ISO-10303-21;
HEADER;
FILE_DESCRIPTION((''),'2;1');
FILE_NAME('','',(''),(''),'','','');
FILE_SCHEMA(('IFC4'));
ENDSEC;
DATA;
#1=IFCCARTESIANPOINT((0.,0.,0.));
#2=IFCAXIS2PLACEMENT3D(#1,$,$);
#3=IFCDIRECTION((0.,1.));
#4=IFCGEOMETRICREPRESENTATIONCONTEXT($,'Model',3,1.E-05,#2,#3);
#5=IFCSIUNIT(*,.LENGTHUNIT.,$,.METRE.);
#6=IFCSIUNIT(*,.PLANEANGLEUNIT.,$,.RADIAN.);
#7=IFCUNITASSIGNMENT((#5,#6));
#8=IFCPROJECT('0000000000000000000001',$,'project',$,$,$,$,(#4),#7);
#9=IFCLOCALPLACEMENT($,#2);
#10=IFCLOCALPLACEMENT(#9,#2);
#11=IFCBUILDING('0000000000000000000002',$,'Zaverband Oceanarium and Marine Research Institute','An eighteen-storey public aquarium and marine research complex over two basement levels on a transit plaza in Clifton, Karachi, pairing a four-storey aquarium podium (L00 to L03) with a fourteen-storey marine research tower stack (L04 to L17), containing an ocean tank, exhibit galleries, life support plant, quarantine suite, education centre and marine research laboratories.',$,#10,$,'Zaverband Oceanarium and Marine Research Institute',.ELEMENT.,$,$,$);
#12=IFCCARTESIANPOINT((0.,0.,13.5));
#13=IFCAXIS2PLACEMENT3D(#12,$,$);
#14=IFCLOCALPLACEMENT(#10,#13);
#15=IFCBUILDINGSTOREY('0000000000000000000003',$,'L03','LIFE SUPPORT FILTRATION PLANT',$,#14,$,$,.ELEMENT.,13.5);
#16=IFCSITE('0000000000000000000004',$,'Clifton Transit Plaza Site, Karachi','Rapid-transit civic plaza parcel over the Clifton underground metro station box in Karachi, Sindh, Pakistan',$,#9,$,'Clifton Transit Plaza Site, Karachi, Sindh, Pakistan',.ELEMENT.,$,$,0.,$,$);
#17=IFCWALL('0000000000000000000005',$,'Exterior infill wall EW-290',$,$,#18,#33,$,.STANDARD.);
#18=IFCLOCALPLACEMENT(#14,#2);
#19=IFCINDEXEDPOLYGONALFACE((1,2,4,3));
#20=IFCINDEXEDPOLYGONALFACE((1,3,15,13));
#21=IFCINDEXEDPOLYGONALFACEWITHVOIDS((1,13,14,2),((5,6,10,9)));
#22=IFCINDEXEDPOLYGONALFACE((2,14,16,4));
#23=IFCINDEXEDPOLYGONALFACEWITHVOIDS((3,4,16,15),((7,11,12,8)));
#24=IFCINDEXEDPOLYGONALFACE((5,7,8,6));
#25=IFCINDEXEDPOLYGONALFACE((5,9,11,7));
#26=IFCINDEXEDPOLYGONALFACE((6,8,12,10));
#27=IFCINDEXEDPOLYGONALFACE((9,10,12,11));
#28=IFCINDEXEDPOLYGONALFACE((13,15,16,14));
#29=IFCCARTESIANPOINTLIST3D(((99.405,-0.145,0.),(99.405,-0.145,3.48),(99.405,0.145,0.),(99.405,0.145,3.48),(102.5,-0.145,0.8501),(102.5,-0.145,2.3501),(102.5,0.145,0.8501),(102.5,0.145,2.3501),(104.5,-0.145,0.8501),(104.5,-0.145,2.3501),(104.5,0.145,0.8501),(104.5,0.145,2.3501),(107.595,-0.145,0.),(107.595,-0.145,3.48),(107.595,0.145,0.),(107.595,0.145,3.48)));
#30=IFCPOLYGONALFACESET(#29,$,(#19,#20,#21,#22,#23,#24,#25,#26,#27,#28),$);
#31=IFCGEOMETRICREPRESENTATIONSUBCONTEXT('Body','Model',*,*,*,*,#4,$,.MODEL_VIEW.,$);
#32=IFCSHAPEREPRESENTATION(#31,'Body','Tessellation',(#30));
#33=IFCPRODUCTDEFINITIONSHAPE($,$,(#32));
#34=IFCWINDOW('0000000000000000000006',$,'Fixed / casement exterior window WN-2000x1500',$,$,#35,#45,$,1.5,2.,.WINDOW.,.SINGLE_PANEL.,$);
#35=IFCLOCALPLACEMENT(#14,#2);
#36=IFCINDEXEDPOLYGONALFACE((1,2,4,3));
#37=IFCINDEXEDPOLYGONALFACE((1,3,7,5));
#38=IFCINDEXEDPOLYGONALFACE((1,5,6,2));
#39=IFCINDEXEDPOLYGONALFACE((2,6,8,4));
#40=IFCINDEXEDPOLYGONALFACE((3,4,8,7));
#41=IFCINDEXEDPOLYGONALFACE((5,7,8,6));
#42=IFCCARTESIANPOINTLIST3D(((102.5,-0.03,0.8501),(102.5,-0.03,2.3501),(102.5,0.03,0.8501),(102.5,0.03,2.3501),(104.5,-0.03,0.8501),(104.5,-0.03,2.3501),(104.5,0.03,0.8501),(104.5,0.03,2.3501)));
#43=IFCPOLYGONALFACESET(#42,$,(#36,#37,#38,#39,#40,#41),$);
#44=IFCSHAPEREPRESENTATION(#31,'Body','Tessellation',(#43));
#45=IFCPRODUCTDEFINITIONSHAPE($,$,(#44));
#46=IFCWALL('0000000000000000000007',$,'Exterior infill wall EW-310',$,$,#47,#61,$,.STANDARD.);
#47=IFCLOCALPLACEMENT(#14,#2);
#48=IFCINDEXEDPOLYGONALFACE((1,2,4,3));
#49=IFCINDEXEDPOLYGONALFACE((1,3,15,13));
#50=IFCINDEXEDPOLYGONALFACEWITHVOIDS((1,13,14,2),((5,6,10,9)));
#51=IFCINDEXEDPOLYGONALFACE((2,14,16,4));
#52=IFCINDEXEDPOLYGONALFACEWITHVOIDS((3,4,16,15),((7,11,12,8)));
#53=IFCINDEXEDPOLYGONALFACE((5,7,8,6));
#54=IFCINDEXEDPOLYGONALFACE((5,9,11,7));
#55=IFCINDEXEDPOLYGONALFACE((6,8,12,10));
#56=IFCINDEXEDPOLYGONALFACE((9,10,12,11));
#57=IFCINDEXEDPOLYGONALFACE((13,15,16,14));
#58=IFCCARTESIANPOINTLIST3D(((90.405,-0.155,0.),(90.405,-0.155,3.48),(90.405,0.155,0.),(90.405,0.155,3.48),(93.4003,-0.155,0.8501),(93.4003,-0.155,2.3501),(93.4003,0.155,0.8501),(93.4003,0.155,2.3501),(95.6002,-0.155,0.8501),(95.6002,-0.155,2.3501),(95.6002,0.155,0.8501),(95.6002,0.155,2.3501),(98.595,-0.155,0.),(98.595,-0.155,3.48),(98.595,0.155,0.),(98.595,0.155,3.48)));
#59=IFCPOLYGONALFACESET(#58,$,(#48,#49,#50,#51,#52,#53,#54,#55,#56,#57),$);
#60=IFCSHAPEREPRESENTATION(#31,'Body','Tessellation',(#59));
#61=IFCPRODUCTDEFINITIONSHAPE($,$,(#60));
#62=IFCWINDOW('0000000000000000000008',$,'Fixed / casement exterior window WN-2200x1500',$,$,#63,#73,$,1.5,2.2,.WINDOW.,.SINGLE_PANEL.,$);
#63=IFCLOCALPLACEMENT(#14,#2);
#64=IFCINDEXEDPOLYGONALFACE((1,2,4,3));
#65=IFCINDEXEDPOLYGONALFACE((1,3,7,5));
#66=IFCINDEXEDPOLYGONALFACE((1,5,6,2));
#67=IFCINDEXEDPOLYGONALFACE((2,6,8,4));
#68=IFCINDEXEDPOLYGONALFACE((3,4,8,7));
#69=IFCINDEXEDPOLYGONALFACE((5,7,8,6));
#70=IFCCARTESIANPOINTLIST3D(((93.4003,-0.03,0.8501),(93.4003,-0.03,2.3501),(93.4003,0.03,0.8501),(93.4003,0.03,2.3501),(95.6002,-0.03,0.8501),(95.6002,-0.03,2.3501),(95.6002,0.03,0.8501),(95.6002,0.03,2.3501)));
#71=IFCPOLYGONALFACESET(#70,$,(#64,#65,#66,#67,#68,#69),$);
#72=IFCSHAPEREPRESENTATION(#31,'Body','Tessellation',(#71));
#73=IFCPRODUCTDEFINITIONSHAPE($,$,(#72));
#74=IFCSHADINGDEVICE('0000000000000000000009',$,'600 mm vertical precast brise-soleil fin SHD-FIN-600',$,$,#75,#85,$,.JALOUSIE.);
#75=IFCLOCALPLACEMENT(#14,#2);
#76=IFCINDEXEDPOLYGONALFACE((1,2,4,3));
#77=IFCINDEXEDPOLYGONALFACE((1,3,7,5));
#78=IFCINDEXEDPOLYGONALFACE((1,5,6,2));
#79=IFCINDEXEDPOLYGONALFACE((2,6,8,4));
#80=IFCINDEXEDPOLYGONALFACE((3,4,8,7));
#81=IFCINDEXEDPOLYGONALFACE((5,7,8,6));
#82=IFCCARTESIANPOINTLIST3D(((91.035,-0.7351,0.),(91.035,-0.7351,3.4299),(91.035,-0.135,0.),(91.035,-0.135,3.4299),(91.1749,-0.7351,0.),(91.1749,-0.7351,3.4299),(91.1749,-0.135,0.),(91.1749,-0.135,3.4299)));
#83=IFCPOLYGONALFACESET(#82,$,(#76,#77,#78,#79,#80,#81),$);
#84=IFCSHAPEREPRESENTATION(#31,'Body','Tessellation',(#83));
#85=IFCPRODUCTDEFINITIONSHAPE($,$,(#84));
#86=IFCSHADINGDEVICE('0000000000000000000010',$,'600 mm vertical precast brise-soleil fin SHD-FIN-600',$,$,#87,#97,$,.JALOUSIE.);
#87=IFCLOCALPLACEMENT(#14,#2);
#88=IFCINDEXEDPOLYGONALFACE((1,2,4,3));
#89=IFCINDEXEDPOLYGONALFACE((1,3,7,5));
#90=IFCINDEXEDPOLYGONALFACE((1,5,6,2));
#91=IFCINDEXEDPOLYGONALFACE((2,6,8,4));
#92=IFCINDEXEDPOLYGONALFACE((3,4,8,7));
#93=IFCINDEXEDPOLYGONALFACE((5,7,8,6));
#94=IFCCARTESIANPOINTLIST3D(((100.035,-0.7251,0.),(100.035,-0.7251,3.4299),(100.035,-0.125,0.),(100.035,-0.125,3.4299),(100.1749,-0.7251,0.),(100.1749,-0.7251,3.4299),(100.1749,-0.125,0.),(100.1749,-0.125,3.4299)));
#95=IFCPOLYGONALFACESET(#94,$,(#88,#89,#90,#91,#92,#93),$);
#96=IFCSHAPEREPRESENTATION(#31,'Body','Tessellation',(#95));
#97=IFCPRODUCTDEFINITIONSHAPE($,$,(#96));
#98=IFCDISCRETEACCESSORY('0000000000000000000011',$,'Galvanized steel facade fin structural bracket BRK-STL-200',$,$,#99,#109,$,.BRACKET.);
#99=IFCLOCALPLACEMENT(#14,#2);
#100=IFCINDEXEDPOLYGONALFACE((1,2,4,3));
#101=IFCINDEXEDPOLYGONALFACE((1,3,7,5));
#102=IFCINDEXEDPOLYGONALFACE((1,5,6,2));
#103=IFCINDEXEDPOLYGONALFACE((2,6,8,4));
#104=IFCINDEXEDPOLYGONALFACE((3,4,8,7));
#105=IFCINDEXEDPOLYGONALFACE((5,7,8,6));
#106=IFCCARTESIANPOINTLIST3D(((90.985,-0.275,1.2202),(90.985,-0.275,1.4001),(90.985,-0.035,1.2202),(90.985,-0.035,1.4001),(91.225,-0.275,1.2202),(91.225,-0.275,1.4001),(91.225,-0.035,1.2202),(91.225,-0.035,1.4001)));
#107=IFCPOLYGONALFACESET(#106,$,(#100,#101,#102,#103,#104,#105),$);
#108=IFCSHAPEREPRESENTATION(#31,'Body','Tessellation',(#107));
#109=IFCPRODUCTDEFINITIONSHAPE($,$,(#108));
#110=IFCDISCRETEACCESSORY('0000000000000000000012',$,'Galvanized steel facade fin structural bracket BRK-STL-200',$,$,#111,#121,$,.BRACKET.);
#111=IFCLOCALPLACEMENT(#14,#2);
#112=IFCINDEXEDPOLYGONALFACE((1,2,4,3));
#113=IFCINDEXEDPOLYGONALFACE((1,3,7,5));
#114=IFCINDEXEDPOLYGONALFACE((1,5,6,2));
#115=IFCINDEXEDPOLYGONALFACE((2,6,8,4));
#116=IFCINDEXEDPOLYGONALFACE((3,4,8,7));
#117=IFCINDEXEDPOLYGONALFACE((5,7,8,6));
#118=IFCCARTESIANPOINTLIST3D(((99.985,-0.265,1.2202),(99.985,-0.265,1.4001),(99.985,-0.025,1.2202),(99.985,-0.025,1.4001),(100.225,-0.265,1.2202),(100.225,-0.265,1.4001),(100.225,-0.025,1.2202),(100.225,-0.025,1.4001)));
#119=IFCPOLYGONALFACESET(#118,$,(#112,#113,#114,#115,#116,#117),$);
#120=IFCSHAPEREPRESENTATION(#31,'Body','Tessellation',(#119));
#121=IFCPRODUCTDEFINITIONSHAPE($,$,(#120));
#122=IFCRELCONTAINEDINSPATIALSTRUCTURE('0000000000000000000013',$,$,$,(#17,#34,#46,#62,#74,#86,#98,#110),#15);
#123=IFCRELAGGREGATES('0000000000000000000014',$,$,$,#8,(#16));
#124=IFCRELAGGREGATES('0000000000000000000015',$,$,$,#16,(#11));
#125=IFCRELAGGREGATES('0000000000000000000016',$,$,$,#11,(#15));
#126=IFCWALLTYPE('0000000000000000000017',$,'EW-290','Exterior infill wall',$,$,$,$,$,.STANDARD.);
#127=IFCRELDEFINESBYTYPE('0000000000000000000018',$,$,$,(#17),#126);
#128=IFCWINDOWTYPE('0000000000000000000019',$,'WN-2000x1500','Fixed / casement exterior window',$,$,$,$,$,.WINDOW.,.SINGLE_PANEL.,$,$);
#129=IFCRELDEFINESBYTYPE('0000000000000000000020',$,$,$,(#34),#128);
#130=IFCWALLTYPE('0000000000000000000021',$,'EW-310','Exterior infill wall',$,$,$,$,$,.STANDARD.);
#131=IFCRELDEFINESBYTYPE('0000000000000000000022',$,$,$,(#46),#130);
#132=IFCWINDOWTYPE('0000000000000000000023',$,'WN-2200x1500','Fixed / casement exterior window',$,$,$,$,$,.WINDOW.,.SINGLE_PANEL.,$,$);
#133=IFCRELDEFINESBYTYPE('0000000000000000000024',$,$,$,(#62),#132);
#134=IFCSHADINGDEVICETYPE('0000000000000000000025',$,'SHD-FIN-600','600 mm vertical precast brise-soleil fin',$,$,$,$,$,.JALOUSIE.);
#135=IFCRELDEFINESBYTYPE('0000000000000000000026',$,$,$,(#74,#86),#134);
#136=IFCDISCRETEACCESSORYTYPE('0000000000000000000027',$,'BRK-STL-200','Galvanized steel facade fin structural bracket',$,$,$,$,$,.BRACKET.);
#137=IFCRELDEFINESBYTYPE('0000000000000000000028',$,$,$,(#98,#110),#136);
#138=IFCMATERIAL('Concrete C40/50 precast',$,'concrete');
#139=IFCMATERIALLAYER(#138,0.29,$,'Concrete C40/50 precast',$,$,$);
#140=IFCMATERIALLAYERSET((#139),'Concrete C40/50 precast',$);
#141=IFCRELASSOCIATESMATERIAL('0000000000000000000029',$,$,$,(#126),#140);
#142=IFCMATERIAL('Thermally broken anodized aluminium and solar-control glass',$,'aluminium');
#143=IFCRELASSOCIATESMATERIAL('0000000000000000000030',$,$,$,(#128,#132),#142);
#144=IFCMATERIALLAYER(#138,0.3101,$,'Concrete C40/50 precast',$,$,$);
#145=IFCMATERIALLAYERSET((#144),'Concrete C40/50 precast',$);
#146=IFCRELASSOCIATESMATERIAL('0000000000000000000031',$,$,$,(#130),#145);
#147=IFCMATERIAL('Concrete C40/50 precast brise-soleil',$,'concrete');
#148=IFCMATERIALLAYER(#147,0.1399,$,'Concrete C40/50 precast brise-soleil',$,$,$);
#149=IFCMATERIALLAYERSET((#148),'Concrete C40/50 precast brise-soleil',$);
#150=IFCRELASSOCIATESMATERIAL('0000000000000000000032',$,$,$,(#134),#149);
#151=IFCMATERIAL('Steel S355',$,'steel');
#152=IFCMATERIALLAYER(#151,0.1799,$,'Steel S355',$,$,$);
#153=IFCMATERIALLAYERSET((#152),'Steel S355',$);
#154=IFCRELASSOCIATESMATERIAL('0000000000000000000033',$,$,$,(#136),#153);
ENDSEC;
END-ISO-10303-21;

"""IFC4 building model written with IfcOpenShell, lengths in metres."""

from ifc_helpers import new_model, si_unit, direction, frame, frame_2d, origin, origin_2d, place, context, subcontext, project, spatial, rectangle, extrude, material, layer, layer_set, type_object, element, fill, save


model = new_model("IFC4")

# Units and contexts
model_context = context("Model", 3, precision=1e-05, world=origin(), true_north=direction((0.0, 1.0)))
body_context = subcontext(model_context, "Body", "Model", "MODEL_VIEW")
ifc_project = project(units=[si_unit("LENGTHUNIT", "METRE"), si_unit("PLANEANGLEUNIT", "RADIAN")], contexts=[model_context])

# Site, building, storey
site_placement = place(None, origin())
site = spatial("IfcSite", under=ifc_project, at=site_placement, Name="Clifton Transit Plaza Site, Karachi", Description="Rapid-transit civic plaza parcel over the Clifton underground metro station box in Karachi, Sindh, Pakistan", LongName="Clifton Transit Plaza Site, Karachi, Sindh, Pakistan", CompositionType="ELEMENT", RefElevation=0.0)
building_placement = place(site_placement, origin())
building = spatial("IfcBuilding", under=site, at=building_placement, Name="Zaverband Oceanarium and Marine Research Institute", Description="An eighteen-storey public aquarium and marine research complex over two basement levels on a transit plaza in Clifton, Karachi, pairing a four-storey aquarium podium (L00 to L03) with a fourteen-storey marine research tower stack (L04 to L17), containing an ocean tank, exhibit galleries, life support plant, quarantine suite, education centre and marine research laboratories.", LongName="Zaverband Oceanarium and Marine Research Institute", CompositionType="ELEMENT")
storey_placement = place(building_placement, frame((0.0, 0.0, 13.5)))
storey = spatial("IfcBuildingStorey", under=building, at=storey_placement, Name="L03", Description="LIFE SUPPORT FILTRATION PLANT", CompositionType="ELEMENT", Elevation=13.5)

# Walls, openings, windows
ifc_material_1 = material(Name="Concrete C40/50 precast", Category="concrete")
ifc_layer_1 = layer(ifc_material_1, 0.29, Name="Concrete C40/50 precast")
ifc_layer_set_1 = layer_set([ifc_layer_1], Name="Concrete C40/50 precast")
wall_type_1 = type_object("IfcWallType", Name="EW-290", Description="Exterior infill wall", PredefinedType="STANDARD", material=ifc_layer_set_1)
wall_1_placement = place(storey_placement, frame((99.405, 0.0, 0.0), z_axis=(0.0, 0.0, 1.0), x_axis=(1.0, 0.0, 0.0)))
wall_1 = element("IfcWall", 1, at=wall_1_placement, inside=storey, type_object=wall_type_1, Name="Exterior infill wall EW-290", PredefinedType="STANDARD", context=body_context, shape_type="SweptSolid", body=[
    extrude(rectangle(XDim=8.1899, YDim=0.29, at=frame_2d((4.095, 0.0))), origin(), (0.0, 0.0, 1.0), 3.48),
])
opening_1_placement = place(wall_1_placement, frame((3.095, 0.0, 0.8501)))
opening_1 = element("IfcOpeningElement", 2, at=opening_1_placement, cuts=wall_1, PredefinedType="OPENING", context=body_context, shape_type="SweptSolid", body=[
    extrude(rectangle(XDim=2.0, YDim=1.5, at=frame_2d((1.0, 0.75))), frame((0.0, 0.157, 0.0), z_axis=(0.0, -1.0, 0.0), x_axis=(1.0, 0.0, 0.0)), (0.0, 0.0, 1.0), 0.314),
])
ifc_material_2 = material(Name="Thermally broken anodized aluminium and solar-control glass", Category="aluminium")
window_type_1 = type_object("IfcWindowType", Name="WN-2000x1500", Description="Fixed / casement exterior window", PartitioningType="SINGLE_PANEL", PredefinedType="WINDOW", material=ifc_material_2)
window_1_placement = place(opening_1_placement, origin())
window_1 = element("IfcWindow", 3, at=window_1_placement, inside=storey, type_object=window_type_1, Name="Fixed / casement exterior window WN-2000x1500", OverallHeight=1.5, OverallWidth=2.0, PartitioningType="SINGLE_PANEL", PredefinedType="WINDOW", context=body_context, shape_type="SweptSolid", body=[
    extrude(rectangle(XDim=2.0, YDim=1.5, at=frame_2d((1.0, 0.75))), frame((0.0, 0.03, 0.0), z_axis=(0.0, -1.0, 0.0), x_axis=(1.0, 0.0, 0.0)), (0.0, 0.0, 1.0), 0.0601),
])
fill(opening_1, window_1)
ifc_layer_2 = layer(ifc_material_1, 0.3101, Name="Concrete C40/50 precast")
ifc_layer_set_2 = layer_set([ifc_layer_2], Name="Concrete C40/50 precast")
wall_type_2 = type_object("IfcWallType", Name="EW-310", Description="Exterior infill wall", PredefinedType="STANDARD", material=ifc_layer_set_2)
wall_2_placement = place(storey_placement, frame((90.405, 0.0, 0.0), z_axis=(0.0, 0.0, 1.0), x_axis=(1.0, 0.0, 0.0)))
wall_2 = element("IfcWall", 4, at=wall_2_placement, inside=storey, type_object=wall_type_2, Name="Exterior infill wall EW-310", PredefinedType="STANDARD", context=body_context, shape_type="SweptSolid", body=[
    extrude(rectangle(XDim=8.1899, YDim=0.3101, at=frame_2d((4.095, 0.0))), origin(), (0.0, 0.0, 1.0), 3.48),
])
opening_2_placement = place(wall_2_placement, frame((2.9951, 0.0, 0.8501)))
opening_2 = element("IfcOpeningElement", 5, at=opening_2_placement, cuts=wall_2, PredefinedType="OPENING", context=body_context, shape_type="SweptSolid", body=[
    extrude(rectangle(XDim=2.2, YDim=1.5, at=frame_2d((1.1001, 0.75))), frame((0.0, 0.167, 0.0), z_axis=(0.0, -1.0, 0.0), x_axis=(1.0, 0.0, 0.0)), (0.0, 0.0, 1.0), 0.334),
])
window_type_2 = type_object("IfcWindowType", Name="WN-2200x1500", Description="Fixed / casement exterior window", PartitioningType="SINGLE_PANEL", PredefinedType="WINDOW", material=ifc_material_2)
window_2_placement = place(opening_2_placement, origin())
window_2 = element("IfcWindow", 6, at=window_2_placement, inside=storey, type_object=window_type_2, Name="Fixed / casement exterior window WN-2200x1500", OverallHeight=1.5, OverallWidth=2.2, PartitioningType="SINGLE_PANEL", PredefinedType="WINDOW", context=body_context, shape_type="SweptSolid", body=[
    extrude(rectangle(XDim=2.2, YDim=1.5, at=frame_2d((1.1001, 0.75))), frame((0.0, 0.03, 0.0), z_axis=(0.0, -1.0, 0.0), x_axis=(1.0, 0.0, 0.0)), (0.0, 0.0, 1.0), 0.0601),
])
fill(opening_2, window_2)

# Shading devices
ifc_material_3 = material(Name="Concrete C40/50 precast brise-soleil", Category="concrete")
ifc_layer_3 = layer(ifc_material_3, 0.1399, Name="Concrete C40/50 precast brise-soleil")
ifc_layer_set_3 = layer_set([ifc_layer_3], Name="Concrete C40/50 precast brise-soleil")
shading_device_type = type_object("IfcShadingDeviceType", Name="SHD-FIN-600", Description="600 mm vertical precast brise-soleil fin", PredefinedType="JALOUSIE", material=ifc_layer_set_3)
for number, where, z_axis, x_axis, name in (
    (7, (91.105, -0.135, 0.0), (0.0, 0.0, 1.0), (0.0, -1.0, 0.0), "600 mm vertical precast brise-soleil fin SHD-FIN-600"),
    (8, (100.105, -0.125, 0.0), (0.0, 0.0, 1.0), (0.0, -1.0, 0.0), "600 mm vertical precast brise-soleil fin SHD-FIN-600"),
):
    element("IfcShadingDevice", number, at=place(storey_placement, frame(where, z_axis=z_axis, x_axis=x_axis)), inside=storey, type_object=shading_device_type, Name=name, PredefinedType="JALOUSIE", context=body_context, shape_type="SweptSolid", body=[
        extrude(rectangle(XDim=0.6001, YDim=0.1399, at=frame_2d((0.3, 0.0))), origin(), (0.0, 0.0, 1.0), 3.4299),
    ])

# Discrete accessories
ifc_material_4 = material(Name="Steel S355", Category="steel")
ifc_layer_4 = layer(ifc_material_4, 0.1799, Name="Steel S355")
ifc_layer_set_4 = layer_set([ifc_layer_4], Name="Steel S355")
discrete_accessory_type = type_object("IfcDiscreteAccessoryType", Name="BRK-STL-200", Description="Galvanized steel facade fin structural bracket", PredefinedType="BRACKET", material=ifc_layer_set_4)
for number, where, z_axis, x_axis, name in (
    (9, (91.105, -0.155, 1.2202), (0.0, 0.0, 1.0), (1.0, 0.0, 0.0), "Galvanized steel facade fin structural bracket BRK-STL-200"),
    (10, (100.105, -0.145, 1.2202), (0.0, 0.0, 1.0), (1.0, 0.0, 0.0), "Galvanized steel facade fin structural bracket BRK-STL-200"),
):
    element("IfcDiscreteAccessory", number, at=place(storey_placement, frame(where, z_axis=z_axis, x_axis=x_axis)), inside=storey, type_object=discrete_accessory_type, Name=name, PredefinedType="BRACKET", context=body_context, shape_type="SweptSolid", body=[
        extrude(rectangle(XDim=0.24, YDim=0.24, at=origin_2d()), origin(), (0.0, 0.0, 1.0), 0.1799),
    ])

save(model, "model.ifc")
